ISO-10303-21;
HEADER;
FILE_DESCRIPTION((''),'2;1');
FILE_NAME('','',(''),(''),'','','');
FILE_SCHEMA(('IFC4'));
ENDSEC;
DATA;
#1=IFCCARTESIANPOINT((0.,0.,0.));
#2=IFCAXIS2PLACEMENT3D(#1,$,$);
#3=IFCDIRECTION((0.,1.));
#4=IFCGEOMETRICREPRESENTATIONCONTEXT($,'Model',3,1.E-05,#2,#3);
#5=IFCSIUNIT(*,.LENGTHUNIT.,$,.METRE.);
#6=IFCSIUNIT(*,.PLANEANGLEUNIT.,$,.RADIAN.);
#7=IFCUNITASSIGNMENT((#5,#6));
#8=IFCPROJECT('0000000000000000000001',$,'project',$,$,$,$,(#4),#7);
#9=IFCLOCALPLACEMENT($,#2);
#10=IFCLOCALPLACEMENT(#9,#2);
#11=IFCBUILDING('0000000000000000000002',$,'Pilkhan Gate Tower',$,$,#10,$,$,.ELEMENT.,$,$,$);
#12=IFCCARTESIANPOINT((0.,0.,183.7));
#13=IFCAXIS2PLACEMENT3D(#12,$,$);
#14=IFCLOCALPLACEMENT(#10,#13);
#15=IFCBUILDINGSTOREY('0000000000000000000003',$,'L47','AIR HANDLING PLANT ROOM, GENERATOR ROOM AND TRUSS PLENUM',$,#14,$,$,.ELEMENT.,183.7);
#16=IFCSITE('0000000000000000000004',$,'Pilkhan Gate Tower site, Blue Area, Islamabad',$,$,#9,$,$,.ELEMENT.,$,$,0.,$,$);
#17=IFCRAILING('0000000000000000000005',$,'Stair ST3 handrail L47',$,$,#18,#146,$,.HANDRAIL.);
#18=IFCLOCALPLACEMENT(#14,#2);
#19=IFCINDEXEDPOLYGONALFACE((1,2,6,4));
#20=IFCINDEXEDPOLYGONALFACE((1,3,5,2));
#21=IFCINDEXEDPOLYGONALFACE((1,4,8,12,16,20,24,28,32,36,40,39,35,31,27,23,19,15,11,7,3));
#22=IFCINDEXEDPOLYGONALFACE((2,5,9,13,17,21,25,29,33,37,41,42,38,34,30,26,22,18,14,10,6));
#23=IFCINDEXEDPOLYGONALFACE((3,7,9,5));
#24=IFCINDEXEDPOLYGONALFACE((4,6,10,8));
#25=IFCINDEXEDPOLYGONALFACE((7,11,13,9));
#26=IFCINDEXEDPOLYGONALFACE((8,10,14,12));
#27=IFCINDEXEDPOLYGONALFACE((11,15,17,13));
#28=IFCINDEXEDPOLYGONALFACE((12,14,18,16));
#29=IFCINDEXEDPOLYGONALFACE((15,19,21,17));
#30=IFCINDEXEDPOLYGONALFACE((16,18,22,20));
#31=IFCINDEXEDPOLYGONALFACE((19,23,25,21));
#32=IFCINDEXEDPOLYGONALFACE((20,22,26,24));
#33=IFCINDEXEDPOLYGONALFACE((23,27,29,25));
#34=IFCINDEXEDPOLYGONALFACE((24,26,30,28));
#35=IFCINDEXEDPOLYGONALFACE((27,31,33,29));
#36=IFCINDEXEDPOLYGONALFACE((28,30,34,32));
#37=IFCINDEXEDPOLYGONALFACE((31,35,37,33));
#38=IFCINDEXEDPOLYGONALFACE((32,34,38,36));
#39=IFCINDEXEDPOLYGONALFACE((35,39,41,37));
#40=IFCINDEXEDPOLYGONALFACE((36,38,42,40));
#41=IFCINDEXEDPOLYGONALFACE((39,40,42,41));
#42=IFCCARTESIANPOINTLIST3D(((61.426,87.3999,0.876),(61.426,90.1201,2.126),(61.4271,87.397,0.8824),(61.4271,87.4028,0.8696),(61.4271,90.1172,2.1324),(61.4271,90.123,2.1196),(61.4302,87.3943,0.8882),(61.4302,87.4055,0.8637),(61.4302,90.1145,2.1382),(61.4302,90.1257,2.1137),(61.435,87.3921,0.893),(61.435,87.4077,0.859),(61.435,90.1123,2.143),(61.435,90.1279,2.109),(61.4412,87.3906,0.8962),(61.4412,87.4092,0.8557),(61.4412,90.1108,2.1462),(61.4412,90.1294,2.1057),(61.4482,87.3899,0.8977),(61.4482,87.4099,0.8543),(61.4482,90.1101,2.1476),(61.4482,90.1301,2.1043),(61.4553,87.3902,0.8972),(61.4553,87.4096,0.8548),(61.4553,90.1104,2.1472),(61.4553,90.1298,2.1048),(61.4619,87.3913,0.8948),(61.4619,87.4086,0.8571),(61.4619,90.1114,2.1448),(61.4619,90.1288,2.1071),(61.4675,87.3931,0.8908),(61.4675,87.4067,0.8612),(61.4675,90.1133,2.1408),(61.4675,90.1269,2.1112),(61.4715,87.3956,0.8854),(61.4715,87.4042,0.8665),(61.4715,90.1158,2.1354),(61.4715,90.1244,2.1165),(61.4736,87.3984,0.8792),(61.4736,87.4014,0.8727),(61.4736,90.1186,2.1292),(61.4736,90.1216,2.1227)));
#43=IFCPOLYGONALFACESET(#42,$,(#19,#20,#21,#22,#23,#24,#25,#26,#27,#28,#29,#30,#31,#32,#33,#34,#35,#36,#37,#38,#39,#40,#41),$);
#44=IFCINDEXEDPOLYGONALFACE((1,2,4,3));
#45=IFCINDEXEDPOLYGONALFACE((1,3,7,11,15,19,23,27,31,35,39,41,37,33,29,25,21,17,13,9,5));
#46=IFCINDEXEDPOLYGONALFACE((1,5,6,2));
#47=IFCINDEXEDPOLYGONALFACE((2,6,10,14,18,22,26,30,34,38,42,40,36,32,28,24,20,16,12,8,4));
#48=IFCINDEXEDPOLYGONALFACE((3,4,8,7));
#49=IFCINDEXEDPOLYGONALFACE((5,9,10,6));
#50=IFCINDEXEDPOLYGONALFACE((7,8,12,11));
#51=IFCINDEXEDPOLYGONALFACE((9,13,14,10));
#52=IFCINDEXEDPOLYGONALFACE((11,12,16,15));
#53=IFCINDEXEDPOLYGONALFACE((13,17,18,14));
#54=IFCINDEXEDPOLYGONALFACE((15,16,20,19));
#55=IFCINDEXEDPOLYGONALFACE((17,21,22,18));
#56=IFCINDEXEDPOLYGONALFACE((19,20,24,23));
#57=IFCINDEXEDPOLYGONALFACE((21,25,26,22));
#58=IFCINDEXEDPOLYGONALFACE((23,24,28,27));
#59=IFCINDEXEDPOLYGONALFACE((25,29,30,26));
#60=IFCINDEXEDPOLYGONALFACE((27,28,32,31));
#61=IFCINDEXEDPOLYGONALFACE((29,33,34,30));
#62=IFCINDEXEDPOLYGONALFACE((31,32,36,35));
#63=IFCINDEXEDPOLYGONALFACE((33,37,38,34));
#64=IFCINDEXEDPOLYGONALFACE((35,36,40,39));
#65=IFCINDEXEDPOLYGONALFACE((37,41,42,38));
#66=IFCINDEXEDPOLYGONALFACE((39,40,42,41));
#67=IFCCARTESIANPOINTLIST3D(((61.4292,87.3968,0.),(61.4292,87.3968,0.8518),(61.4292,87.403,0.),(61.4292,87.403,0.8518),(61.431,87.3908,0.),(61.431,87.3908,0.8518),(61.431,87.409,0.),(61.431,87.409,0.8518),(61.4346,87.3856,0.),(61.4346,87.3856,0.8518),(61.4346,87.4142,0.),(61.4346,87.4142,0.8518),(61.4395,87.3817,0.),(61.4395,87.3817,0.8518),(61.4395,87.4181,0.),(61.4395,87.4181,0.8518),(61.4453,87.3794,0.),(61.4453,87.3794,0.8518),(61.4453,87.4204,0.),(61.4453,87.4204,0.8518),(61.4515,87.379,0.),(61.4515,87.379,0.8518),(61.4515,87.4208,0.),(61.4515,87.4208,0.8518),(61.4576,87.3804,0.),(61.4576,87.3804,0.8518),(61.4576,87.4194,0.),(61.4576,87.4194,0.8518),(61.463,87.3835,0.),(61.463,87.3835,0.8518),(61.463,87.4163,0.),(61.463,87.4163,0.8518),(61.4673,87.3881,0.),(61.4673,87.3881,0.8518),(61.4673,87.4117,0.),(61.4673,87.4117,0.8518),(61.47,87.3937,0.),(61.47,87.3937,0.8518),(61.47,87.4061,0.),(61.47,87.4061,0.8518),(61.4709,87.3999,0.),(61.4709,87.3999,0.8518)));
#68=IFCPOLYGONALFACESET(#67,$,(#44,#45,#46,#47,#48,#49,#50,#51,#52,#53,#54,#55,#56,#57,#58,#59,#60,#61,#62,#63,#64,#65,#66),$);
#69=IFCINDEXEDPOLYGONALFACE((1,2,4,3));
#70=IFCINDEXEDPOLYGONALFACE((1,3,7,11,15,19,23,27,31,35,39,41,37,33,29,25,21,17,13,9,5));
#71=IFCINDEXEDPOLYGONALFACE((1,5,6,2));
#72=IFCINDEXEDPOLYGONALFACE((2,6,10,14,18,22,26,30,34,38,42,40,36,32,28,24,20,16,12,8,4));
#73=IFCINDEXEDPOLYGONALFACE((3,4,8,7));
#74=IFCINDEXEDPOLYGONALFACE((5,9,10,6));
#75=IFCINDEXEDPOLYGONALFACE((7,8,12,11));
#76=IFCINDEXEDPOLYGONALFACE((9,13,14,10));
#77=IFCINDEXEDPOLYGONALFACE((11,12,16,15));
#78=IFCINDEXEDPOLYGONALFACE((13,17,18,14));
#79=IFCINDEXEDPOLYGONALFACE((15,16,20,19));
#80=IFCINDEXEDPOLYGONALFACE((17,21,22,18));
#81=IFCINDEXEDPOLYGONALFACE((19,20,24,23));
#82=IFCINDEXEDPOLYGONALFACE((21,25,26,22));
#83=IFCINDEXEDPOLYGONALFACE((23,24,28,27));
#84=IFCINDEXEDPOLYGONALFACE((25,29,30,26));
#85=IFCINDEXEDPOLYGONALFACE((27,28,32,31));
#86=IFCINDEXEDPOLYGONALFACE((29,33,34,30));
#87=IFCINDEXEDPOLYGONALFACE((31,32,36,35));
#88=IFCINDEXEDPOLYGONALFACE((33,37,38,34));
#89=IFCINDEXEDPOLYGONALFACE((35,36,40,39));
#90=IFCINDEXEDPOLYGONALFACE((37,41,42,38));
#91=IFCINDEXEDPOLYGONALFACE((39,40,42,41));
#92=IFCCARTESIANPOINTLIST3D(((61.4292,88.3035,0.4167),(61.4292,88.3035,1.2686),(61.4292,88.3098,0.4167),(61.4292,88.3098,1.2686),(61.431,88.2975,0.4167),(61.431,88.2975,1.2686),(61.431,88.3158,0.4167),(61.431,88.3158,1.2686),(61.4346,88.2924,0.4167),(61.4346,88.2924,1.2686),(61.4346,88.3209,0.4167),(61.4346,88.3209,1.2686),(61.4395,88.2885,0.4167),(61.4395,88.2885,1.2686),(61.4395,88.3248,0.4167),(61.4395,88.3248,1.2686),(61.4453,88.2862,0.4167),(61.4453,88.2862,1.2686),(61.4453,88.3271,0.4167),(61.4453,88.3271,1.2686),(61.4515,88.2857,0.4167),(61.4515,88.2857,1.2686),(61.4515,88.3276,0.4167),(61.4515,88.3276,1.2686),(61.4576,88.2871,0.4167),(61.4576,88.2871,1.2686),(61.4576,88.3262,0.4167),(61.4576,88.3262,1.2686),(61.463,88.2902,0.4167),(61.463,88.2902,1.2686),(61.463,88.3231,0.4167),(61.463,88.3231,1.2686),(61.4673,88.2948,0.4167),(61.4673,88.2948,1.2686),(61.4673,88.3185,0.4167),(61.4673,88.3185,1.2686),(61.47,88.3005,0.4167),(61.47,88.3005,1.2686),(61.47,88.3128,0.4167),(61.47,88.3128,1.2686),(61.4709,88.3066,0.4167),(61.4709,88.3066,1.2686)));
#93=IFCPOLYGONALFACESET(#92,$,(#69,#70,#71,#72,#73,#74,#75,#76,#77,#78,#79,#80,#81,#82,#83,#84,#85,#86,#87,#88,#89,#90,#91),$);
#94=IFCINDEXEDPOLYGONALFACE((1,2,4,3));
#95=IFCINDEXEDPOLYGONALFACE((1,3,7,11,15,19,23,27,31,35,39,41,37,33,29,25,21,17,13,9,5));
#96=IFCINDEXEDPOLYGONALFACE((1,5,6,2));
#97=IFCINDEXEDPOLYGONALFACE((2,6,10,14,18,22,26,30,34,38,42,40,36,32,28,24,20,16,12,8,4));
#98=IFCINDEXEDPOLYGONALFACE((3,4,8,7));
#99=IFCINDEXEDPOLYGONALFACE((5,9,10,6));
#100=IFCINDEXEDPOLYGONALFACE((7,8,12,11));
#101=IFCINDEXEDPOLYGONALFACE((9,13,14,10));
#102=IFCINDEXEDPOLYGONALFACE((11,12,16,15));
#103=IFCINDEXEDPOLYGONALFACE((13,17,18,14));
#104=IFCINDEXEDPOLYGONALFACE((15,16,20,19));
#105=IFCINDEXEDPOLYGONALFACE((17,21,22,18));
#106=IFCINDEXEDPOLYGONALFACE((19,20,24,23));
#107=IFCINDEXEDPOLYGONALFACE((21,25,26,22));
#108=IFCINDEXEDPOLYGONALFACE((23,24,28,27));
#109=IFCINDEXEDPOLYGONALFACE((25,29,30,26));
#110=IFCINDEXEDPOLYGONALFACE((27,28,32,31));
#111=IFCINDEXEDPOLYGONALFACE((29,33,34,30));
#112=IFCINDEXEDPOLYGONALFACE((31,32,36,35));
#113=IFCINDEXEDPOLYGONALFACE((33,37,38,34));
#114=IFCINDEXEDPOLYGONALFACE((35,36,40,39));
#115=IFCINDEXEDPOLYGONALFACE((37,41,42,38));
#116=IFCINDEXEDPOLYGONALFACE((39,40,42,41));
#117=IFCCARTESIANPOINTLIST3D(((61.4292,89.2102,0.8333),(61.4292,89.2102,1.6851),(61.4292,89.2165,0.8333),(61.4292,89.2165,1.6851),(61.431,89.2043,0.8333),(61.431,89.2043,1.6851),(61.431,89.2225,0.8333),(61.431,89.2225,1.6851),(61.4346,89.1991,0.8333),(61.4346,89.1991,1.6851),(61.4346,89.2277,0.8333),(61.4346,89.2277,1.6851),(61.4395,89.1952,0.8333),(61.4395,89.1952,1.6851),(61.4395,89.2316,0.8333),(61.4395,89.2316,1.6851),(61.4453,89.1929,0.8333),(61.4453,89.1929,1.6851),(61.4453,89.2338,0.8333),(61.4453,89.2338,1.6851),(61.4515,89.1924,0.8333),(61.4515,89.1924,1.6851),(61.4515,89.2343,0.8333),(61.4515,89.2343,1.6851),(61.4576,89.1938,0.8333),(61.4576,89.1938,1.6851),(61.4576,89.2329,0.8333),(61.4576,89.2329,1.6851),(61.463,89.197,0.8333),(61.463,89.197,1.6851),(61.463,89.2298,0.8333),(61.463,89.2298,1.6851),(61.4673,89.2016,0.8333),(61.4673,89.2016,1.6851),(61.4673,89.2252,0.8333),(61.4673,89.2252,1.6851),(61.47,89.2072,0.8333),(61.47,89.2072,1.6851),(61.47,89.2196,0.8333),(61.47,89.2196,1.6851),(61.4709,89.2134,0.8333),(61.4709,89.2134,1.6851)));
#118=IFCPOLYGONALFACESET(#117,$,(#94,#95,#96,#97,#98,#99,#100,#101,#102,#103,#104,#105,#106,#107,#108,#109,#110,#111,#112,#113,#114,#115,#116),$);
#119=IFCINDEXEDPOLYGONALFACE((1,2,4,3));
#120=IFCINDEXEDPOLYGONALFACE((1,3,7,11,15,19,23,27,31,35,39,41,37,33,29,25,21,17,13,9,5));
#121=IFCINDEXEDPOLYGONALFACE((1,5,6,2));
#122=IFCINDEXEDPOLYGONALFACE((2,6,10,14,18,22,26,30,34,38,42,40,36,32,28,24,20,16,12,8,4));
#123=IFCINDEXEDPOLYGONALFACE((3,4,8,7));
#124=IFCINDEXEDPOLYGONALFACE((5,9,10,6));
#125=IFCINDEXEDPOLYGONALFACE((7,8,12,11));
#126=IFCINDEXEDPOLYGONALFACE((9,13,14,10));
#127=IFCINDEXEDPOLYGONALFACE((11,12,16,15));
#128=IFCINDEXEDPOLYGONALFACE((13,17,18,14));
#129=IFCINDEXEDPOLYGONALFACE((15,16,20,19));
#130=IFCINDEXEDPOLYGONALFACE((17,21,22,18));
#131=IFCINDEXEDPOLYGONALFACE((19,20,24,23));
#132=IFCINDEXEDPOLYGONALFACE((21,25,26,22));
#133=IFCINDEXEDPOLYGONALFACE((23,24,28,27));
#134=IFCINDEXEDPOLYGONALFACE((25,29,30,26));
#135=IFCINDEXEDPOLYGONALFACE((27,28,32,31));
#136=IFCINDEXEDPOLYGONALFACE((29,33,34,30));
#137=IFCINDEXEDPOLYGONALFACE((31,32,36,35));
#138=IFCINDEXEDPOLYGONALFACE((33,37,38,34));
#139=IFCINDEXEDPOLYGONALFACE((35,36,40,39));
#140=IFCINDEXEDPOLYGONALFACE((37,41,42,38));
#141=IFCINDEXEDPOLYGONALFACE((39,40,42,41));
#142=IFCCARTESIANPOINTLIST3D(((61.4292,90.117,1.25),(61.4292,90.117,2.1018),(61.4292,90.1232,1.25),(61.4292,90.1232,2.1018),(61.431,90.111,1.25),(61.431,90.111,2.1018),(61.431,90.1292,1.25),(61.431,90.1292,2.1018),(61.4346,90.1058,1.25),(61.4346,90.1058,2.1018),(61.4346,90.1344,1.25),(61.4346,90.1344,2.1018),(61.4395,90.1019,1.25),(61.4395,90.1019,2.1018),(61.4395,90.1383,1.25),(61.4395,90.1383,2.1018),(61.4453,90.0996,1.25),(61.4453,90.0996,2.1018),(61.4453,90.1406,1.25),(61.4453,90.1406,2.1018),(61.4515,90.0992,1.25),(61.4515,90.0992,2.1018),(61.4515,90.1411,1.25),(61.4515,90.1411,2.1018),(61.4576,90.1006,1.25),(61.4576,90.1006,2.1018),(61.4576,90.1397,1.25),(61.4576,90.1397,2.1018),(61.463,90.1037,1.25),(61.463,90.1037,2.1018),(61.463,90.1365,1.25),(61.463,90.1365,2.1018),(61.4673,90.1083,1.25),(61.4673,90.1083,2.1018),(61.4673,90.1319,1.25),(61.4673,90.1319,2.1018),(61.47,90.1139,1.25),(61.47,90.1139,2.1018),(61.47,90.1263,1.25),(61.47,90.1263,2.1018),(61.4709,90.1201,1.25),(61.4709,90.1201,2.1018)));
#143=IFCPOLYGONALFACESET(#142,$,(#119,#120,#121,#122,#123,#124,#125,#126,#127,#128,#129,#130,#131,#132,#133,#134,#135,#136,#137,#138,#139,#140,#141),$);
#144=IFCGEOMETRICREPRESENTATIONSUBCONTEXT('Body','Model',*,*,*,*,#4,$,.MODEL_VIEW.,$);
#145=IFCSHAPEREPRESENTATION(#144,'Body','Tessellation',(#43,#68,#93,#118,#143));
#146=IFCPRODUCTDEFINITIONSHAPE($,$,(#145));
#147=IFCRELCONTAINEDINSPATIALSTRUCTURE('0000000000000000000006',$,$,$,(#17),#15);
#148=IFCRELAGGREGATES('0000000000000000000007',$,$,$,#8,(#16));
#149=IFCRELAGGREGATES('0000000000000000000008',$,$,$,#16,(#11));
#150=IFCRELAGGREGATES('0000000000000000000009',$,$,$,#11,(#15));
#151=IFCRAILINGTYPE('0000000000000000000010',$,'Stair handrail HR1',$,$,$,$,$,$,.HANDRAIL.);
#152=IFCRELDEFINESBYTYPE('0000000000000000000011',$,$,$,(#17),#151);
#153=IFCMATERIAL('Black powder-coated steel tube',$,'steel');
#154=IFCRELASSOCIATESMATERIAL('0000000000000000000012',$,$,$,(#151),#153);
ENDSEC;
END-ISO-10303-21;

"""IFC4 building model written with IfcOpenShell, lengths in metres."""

from ifc_helpers import new_model, si_unit, direction, frame, origin, origin_2d, place, context, subcontext, project, spatial, circle, extrude, material, type_object, element, save


model = new_model("IFC4")

# Units and contexts
model_context = context("Model", 3, precision=1e-05, world=origin(), true_north=direction((0.0, 1.0)))
body_context = subcontext(model_context, "Body", "Model", "MODEL_VIEW")
ifc_project = project(units=[si_unit("LENGTHUNIT", "METRE"), si_unit("PLANEANGLEUNIT", "RADIAN")], contexts=[model_context])

# Site, building, storey
site_placement = place(None, origin())
site = spatial("IfcSite", under=ifc_project, at=site_placement, Name="Pilkhan Gate Tower site, Blue Area, Islamabad", CompositionType="ELEMENT", RefElevation=0.0)
building_placement = place(site_placement, origin())
building = spatial("IfcBuilding", under=site, at=building_placement, Name="Pilkhan Gate Tower", CompositionType="ELEMENT")
storey_placement = place(building_placement, frame((0.0, 0.0, 183.7)))
storey = spatial("IfcBuildingStorey", under=building, at=storey_placement, Name="L47", Description="AIR HANDLING PLANT ROOM, GENERATOR ROOM AND TRUSS PLENUM", CompositionType="ELEMENT", Elevation=183.7)

# Railing
ifc_material_1 = material(Name="Black powder-coated steel tube", Category="steel")
railing_type_1 = type_object("IfcRailingType", Name="Stair handrail HR1", PredefinedType="HANDRAIL", material=ifc_material_1)
railing_1_placement = place(storey_placement, frame((61.45, 87.3999, 0.0)))
element("IfcRailing", 1, at=railing_1_placement, inside=storey, type_object=railing_type_1, Name="Stair ST3 handrail L47", PredefinedType="HANDRAIL", context=body_context, shape_type="SweptSolid", body=[
    extrude(circle(Radius=0.0239, at=origin_2d()), frame((0.0, 0.0, 0.876), z_axis=(0.0, 0.908655, 0.417547), x_axis=(-1.0, 0.0, 0.0)), (0.0, 0.0, 1.0), 2.9937),
    extrude(circle(Radius=0.021, at=origin_2d()), origin(), (0.0, 0.0, 1.0), 0.8518),
    extrude(circle(Radius=0.021, at=origin_2d()), frame((0.0, 0.9067, 0.4167)), (0.0, 0.0, 1.0), 0.8518),
    extrude(circle(Radius=0.021, at=origin_2d()), frame((0.0, 1.8135, 0.8333)), (0.0, 0.0, 1.0), 0.8518),
    extrude(circle(Radius=0.021, at=origin_2d()), frame((0.0, 2.7202, 1.25)), (0.0, 0.0, 1.0), 0.8518),
])

save(model, "model.ifc")
